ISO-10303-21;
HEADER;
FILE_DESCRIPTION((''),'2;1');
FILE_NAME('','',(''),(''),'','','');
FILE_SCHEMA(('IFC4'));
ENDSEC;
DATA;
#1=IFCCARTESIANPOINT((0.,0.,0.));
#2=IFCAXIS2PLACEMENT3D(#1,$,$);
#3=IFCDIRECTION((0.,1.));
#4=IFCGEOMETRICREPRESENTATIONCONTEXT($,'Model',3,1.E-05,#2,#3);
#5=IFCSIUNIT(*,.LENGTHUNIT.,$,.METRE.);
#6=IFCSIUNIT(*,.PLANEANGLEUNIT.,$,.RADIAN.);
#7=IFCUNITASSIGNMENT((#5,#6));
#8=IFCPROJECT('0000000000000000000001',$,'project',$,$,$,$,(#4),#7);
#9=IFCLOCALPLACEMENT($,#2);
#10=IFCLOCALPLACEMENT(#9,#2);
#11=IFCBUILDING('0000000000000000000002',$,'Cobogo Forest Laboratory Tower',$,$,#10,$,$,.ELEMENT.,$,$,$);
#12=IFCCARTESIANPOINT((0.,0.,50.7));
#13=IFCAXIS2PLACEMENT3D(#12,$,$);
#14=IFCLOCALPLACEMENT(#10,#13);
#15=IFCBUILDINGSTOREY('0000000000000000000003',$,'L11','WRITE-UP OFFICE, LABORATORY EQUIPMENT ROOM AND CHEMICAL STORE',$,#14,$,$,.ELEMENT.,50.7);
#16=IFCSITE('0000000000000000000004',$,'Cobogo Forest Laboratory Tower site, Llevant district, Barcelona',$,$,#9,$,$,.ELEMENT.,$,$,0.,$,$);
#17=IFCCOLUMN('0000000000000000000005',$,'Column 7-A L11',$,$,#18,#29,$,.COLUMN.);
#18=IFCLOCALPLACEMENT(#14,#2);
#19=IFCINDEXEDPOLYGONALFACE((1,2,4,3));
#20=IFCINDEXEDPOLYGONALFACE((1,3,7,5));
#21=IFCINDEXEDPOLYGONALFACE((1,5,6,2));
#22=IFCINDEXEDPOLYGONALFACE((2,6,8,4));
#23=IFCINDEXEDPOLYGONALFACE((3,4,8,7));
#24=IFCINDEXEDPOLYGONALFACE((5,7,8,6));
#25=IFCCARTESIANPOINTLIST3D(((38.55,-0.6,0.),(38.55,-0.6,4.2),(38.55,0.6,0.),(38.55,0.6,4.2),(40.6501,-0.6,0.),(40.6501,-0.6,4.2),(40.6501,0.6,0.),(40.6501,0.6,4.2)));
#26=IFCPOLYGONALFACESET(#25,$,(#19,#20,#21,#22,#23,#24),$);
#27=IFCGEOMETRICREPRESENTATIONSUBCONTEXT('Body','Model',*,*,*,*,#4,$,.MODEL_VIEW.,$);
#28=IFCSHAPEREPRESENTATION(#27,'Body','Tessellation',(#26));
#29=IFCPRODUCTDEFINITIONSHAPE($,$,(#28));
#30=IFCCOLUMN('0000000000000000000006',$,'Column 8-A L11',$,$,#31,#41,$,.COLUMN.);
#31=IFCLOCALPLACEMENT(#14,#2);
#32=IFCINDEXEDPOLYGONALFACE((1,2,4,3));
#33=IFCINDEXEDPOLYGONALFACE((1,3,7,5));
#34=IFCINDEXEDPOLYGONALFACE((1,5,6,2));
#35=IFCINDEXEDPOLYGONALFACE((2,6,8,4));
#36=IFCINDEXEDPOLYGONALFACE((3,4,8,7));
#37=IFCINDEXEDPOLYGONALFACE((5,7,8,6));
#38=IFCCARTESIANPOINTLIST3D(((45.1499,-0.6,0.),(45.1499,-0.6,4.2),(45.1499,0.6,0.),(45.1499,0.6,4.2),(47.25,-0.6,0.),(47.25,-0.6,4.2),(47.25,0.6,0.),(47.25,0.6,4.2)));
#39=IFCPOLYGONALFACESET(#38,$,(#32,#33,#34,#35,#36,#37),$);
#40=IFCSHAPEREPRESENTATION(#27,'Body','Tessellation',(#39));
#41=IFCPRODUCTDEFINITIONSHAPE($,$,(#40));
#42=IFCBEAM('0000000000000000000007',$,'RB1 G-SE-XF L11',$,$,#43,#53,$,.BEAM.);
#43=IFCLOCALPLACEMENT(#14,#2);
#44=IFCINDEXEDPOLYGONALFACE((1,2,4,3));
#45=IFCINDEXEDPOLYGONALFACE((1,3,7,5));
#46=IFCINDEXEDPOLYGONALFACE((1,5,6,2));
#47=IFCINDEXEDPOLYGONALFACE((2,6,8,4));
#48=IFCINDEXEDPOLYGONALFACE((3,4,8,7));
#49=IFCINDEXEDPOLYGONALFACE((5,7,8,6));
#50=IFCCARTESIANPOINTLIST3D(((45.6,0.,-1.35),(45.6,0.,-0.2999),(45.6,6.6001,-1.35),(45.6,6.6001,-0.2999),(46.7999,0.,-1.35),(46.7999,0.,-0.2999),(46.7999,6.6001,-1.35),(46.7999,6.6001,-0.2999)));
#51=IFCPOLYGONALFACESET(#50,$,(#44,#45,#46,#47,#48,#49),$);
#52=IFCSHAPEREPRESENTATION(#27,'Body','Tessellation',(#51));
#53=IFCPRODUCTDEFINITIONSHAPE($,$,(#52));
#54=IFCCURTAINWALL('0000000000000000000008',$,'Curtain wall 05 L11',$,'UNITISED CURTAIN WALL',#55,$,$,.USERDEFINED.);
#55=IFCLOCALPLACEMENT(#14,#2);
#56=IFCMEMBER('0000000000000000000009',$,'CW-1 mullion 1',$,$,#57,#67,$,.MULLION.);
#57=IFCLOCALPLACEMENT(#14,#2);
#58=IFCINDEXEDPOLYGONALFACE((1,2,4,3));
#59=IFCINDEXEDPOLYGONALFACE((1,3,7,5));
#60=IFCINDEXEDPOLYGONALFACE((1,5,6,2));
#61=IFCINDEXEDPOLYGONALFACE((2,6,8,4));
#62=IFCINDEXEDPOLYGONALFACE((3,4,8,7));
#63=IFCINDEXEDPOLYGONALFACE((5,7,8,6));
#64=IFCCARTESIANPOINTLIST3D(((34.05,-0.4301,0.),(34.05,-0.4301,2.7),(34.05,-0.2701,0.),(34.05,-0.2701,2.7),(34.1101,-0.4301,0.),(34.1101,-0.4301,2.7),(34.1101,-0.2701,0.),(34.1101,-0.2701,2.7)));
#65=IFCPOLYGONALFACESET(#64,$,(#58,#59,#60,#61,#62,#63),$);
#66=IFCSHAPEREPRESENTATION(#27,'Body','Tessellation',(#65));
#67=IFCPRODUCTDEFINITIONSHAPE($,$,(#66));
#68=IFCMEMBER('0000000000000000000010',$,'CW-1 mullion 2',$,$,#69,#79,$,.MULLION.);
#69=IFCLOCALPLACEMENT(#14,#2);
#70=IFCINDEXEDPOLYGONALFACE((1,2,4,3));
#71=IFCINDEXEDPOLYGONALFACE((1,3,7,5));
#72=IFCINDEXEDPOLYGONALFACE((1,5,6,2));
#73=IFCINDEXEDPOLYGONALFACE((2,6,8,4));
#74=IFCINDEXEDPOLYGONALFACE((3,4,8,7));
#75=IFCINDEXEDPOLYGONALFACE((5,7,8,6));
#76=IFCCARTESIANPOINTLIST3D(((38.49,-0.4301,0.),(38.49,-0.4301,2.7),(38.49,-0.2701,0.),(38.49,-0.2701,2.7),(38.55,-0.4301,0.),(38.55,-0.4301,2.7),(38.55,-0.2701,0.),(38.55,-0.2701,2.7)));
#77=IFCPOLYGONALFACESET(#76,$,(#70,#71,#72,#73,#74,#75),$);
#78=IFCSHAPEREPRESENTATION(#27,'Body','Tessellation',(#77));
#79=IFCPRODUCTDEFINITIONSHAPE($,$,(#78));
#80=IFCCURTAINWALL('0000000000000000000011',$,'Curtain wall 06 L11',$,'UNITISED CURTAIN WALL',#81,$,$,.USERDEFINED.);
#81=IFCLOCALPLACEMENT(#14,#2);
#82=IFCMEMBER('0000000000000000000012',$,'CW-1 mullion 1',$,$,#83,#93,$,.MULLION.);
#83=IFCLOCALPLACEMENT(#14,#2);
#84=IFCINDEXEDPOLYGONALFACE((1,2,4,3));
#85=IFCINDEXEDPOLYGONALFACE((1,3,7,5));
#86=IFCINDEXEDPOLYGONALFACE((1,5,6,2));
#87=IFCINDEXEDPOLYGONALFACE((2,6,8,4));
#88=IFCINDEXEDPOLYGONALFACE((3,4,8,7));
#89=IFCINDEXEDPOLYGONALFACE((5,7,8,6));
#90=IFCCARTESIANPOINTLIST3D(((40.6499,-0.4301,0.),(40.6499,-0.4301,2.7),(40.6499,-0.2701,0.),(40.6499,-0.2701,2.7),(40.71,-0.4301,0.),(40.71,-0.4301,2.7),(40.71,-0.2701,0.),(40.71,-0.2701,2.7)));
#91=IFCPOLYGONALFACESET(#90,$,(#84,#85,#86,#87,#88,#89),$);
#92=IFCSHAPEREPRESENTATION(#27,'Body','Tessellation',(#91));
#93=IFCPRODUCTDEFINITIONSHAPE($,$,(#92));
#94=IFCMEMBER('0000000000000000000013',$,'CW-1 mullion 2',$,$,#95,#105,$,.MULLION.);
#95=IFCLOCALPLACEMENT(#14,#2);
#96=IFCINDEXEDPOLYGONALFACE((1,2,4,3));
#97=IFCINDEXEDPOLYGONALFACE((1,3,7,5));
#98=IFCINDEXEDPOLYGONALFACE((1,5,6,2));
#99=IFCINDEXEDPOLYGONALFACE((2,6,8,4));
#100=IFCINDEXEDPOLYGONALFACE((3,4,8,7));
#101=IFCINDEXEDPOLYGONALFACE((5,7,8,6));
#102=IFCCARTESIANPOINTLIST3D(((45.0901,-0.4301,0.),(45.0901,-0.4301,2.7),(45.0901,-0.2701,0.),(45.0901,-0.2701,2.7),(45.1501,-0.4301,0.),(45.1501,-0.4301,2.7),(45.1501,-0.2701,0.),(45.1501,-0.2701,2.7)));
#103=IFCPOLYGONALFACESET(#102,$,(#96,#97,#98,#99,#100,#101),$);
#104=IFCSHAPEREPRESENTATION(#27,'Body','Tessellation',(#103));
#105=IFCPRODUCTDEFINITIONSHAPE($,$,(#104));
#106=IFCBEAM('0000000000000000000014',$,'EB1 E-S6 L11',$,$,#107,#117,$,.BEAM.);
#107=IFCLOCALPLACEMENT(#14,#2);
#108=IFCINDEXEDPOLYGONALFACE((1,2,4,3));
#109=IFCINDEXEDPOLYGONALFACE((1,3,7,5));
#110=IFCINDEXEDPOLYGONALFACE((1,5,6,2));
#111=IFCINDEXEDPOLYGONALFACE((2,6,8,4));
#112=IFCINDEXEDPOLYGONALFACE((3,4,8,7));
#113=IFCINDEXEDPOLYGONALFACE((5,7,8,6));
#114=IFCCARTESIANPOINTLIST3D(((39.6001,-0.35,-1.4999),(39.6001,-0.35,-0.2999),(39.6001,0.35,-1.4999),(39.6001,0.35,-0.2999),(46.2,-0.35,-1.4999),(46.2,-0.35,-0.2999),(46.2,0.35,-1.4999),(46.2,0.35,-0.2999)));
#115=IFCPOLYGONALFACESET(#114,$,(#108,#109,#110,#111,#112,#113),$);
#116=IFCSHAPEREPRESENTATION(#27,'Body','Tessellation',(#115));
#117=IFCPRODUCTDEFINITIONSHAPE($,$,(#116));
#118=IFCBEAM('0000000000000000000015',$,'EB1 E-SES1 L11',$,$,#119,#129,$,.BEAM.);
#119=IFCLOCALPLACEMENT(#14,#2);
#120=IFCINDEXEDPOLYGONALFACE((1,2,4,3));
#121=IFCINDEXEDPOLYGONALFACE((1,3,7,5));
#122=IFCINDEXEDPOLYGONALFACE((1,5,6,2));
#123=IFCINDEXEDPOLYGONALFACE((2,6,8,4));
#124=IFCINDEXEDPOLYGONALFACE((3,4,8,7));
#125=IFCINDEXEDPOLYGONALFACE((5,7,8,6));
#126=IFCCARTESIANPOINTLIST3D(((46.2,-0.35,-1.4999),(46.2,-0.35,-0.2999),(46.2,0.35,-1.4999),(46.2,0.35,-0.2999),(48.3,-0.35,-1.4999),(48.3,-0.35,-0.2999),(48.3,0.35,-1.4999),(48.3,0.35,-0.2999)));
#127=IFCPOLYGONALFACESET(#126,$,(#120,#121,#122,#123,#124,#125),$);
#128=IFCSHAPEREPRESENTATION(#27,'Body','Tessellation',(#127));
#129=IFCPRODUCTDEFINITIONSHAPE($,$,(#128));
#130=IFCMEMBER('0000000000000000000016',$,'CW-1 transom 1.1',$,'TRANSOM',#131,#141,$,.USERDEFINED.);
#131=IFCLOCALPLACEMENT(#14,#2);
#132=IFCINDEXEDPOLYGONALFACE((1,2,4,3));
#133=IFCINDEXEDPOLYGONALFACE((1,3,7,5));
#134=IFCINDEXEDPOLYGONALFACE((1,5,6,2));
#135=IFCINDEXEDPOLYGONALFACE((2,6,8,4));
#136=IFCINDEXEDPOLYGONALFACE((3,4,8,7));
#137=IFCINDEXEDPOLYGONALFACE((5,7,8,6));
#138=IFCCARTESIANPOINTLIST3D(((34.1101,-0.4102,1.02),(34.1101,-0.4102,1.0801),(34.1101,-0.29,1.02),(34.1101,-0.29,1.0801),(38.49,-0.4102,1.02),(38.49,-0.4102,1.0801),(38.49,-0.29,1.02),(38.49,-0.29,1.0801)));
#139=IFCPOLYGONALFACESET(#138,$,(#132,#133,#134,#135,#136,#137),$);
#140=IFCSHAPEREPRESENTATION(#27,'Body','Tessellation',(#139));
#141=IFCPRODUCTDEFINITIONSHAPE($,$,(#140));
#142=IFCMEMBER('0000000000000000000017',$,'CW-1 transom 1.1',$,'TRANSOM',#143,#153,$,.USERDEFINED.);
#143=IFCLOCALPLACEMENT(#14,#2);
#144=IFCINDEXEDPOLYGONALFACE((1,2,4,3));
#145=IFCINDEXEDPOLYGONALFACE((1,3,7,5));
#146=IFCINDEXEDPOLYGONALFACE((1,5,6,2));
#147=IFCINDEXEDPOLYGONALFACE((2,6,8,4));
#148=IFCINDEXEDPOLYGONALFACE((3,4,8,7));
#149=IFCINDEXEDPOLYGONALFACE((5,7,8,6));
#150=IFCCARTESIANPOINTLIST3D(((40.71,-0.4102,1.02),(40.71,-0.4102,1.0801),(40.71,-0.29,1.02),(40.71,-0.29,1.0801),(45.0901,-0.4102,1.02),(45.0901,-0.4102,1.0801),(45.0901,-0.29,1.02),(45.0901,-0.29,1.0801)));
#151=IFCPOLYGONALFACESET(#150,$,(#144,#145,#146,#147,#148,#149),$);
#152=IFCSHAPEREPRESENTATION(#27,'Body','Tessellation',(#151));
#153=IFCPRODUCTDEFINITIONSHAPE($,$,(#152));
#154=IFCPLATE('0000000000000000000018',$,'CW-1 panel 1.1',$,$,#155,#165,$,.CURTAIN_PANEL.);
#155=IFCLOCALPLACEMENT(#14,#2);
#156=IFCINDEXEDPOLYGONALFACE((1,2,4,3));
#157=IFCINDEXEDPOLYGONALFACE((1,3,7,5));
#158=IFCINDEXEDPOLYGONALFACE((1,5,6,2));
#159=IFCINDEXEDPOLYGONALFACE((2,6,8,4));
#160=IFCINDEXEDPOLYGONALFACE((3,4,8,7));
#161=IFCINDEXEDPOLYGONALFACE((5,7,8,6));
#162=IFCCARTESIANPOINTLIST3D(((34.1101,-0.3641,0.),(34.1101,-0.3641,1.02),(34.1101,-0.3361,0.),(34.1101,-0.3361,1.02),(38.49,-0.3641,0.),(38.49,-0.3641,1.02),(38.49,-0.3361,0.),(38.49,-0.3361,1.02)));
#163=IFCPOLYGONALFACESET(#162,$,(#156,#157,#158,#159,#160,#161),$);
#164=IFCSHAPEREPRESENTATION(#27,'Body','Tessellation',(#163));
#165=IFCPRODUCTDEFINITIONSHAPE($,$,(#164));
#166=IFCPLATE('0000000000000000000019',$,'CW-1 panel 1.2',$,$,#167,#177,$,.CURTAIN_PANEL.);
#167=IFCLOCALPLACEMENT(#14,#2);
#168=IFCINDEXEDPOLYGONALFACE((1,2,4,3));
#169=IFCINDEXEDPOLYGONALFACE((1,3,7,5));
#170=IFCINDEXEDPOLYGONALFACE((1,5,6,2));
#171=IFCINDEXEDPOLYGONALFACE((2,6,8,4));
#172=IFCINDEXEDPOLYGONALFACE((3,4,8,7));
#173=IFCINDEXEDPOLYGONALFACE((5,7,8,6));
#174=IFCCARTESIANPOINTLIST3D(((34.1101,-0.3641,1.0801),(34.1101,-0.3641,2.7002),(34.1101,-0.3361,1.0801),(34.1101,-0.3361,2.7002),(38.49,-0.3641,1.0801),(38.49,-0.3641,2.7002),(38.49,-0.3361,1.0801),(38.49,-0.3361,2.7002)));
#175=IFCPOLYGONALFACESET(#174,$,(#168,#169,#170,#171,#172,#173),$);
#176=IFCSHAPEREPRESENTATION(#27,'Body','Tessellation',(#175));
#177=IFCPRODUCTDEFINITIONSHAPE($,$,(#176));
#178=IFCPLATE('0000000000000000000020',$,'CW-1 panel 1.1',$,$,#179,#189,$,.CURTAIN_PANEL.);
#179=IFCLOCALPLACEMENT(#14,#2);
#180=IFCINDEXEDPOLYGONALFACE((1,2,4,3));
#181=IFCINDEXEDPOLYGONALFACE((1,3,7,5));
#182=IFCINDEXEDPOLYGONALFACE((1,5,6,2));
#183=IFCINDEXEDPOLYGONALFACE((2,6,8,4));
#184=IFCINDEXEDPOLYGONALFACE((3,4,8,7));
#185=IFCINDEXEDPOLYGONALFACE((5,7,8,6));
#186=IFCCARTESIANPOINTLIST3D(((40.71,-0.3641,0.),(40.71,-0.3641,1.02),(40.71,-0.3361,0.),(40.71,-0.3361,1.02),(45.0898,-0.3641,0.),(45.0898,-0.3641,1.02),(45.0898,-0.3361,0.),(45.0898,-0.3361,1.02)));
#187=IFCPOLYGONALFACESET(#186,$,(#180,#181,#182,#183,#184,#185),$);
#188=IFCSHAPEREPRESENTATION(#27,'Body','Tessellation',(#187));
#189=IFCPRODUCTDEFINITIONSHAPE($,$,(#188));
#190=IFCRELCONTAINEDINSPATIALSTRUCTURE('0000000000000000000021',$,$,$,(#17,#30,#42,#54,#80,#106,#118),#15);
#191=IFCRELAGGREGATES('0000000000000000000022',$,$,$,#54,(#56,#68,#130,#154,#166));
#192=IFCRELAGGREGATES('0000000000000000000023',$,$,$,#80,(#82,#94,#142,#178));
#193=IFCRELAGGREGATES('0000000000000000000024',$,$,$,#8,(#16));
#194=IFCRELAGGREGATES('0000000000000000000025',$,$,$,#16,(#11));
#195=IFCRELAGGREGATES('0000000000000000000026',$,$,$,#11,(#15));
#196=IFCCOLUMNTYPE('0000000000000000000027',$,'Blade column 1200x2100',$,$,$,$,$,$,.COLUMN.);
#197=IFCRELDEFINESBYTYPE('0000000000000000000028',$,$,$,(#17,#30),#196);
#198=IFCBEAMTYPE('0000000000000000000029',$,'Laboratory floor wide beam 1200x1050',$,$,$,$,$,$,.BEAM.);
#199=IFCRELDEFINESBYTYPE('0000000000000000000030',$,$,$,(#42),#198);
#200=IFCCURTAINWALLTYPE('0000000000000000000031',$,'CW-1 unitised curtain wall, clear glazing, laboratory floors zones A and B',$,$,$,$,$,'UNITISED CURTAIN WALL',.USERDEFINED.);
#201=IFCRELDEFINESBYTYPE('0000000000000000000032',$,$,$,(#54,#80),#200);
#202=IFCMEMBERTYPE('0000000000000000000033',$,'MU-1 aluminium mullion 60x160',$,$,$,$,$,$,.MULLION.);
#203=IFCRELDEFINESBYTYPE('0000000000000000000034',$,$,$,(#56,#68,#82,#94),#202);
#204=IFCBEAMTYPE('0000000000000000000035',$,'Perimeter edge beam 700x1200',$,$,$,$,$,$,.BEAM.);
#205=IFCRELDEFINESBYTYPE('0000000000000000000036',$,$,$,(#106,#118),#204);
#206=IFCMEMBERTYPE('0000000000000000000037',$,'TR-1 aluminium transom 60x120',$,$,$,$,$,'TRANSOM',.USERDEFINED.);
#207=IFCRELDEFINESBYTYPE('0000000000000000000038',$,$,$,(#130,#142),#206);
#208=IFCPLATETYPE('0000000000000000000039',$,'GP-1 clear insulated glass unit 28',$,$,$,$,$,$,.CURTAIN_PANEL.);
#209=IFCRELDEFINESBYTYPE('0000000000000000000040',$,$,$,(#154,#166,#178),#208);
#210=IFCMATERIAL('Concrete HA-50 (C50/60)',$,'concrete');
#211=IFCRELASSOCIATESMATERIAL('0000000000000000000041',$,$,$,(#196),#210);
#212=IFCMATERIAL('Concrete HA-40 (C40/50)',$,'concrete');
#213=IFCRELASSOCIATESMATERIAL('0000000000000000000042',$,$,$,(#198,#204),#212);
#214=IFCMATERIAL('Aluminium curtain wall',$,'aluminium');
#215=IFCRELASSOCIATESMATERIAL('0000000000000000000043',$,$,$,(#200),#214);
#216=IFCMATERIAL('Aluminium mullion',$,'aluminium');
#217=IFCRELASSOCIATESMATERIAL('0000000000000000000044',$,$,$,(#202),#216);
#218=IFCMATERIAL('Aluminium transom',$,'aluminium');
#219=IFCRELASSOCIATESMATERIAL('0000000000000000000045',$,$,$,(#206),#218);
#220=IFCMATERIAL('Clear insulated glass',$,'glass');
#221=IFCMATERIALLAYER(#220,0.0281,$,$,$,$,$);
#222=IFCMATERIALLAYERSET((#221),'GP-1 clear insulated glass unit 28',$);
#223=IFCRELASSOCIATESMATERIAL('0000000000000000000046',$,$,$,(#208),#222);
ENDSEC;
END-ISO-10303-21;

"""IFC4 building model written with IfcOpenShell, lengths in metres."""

from ifc_helpers import new_model, si_unit, direction, frame, origin, origin_2d, place, context, subcontext, project, spatial, rectangle, extrude, material, layer, layer_set, material_profile, profile_set, type_object, element, aggregate, save


model = new_model("IFC4")

# Units and contexts
model_context = context("Model", 3, precision=1e-05, world=origin(), true_north=direction((0.0, 1.0)))
body_context = subcontext(model_context, "Body", "Model", "MODEL_VIEW")
ifc_project = project(units=[si_unit("LENGTHUNIT", "METRE"), si_unit("PLANEANGLEUNIT", "RADIAN")], contexts=[model_context])

# Site, building, storey
site_placement = place(None, origin())
site = spatial("IfcSite", under=ifc_project, at=site_placement, Name="Cobogo Forest Laboratory Tower site, Llevant district, Barcelona", CompositionType="ELEMENT", RefElevation=0.0)
building_placement = place(site_placement, origin())
building = spatial("IfcBuilding", under=site, at=building_placement, Name="Cobogo Forest Laboratory Tower", CompositionType="ELEMENT")
storey_placement = place(building_placement, frame((0.0, 0.0, 50.7)))
storey = spatial("IfcBuildingStorey", under=building, at=storey_placement, Name="L11", Description="WRITE-UP OFFICE, LABORATORY EQUIPMENT ROOM AND CHEMICAL STORE", CompositionType="ELEMENT", Elevation=50.7)

# Columns
ifc_material_1 = material(Name="Concrete HA-50 (C50/60)", Category="concrete")
ifc_material_profile_1 = material_profile(ifc_material_1, rectangle(XDim=2.1001, YDim=1.2, at=origin_2d()), Name="RC 1200x2100")
ifc_profile_set_1 = profile_set([ifc_material_profile_1], Name="Concrete HA-50 (C50/60)")
column_type = type_object("IfcColumnType", Name="Blade column 1200x2100", PredefinedType="COLUMN", material=ifc_profile_set_1)
for number, where, z_axis, x_axis, name in (
    (1, (39.6001, 0.0, 0.0), (0.0, 0.0, 1.0), (1.0, 0.0, 0.0), "Column 7-A L11"),
    (2, (46.2, 0.0, 0.0), (0.0, 0.0, 1.0), (1.0, 0.0, 0.0), "Column 8-A L11"),
):
    element("IfcColumn", number, at=place(storey_placement, frame(where, z_axis=z_axis, x_axis=x_axis)), inside=storey, type_object=column_type, Name=name, PredefinedType="COLUMN", context=body_context, shape_type="SweptSolid", body=[
        extrude(rectangle(XDim=2.1001, YDim=1.2, at=origin_2d()), origin(), (0.0, 0.0, 1.0), 4.2),
    ])

# Beam
ifc_material_2 = material(Name="Concrete HA-40 (C40/50)", Category="concrete")
ifc_material_profile_2 = material_profile(ifc_material_2, rectangle(XDim=1.2, YDim=1.05, at=origin_2d()), Name="RC 1200x1050")
ifc_profile_set_2 = profile_set([ifc_material_profile_2], Name="Concrete HA-40 (C40/50)")
beam_type_1 = type_object("IfcBeamType", Name="Laboratory floor wide beam 1200x1050", PredefinedType="BEAM", material=ifc_profile_set_2)
beam_1_placement = place(storey_placement, frame((46.2, 0.0, -0.825), z_axis=(0.0, 1.0, 0.0), x_axis=(-1.0, 0.0, 0.0)))
element("IfcBeam", 3, at=beam_1_placement, inside=storey, type_object=beam_type_1, Name="RB1 G-SE-XF L11", PredefinedType="BEAM", context=body_context, shape_type="SweptSolid", body=[
    extrude(rectangle(XDim=1.2, YDim=1.05, at=origin_2d()), origin(), (0.0, 0.0, 1.0), 6.6001),
])

# Curtain walls, members
ifc_material_3 = material(Name="Aluminium curtain wall", Category="aluminium")
curtain_wall_type = type_object("IfcCurtainWallType", Name="CW-1 unitised curtain wall, clear glazing, laboratory floors zones A and B", ElementType="UNITISED CURTAIN WALL", PredefinedType="USERDEFINED", material=ifc_material_3)
curtain_wall_1_placement = place(storey_placement, origin())
curtain_wall_1 = element("IfcCurtainWall", 4, at=curtain_wall_1_placement, inside=storey, type_object=curtain_wall_type, Name="Curtain wall 05 L11", ObjectType="UNITISED CURTAIN WALL", PredefinedType="USERDEFINED")
ifc_material_4 = material(Name="Aluminium mullion", Category="aluminium")
ifc_material_profile_3 = material_profile(ifc_material_4, rectangle(XDim=0.0601, YDim=0.1599, at=origin_2d()), Name="AL 60x160")
ifc_profile_set_3 = profile_set([ifc_material_profile_3], Name="Aluminium mullion")
member_type_1 = type_object("IfcMemberType", Name="MU-1 aluminium mullion 60x160", PredefinedType="MULLION", material=ifc_profile_set_3)
member_1_placement = place(storey_placement, frame((34.0801, -0.3501, 0.0), z_axis=(0.0, 0.0, 1.0), x_axis=(1.0, 0.0, 0.0)))
member_1 = element("IfcMember", 5, at=member_1_placement, type_object=member_type_1, Name="CW-1 mullion 1", PredefinedType="MULLION", context=body_context, shape_type="SweptSolid", body=[
    extrude(rectangle(XDim=0.0601, YDim=0.1599, at=origin_2d()), origin(), (0.0, 0.0, 1.0), 2.7),
])
member_2_placement = place(storey_placement, frame((38.52, -0.3501, 0.0), z_axis=(0.0, 0.0, 1.0), x_axis=(1.0, 0.0, 0.0)))
member_2 = element("IfcMember", 6, at=member_2_placement, type_object=member_type_1, Name="CW-1 mullion 2", PredefinedType="MULLION", context=body_context, shape_type="SweptSolid", body=[
    extrude(rectangle(XDim=0.0601, YDim=0.1599, at=origin_2d()), origin(), (0.0, 0.0, 1.0), 2.7),
])
curtain_wall_2_placement = place(storey_placement, origin())
curtain_wall_2 = element("IfcCurtainWall", 7, at=curtain_wall_2_placement, inside=storey, type_object=curtain_wall_type, Name="Curtain wall 06 L11", ObjectType="UNITISED CURTAIN WALL", PredefinedType="USERDEFINED")
member_3_placement = place(storey_placement, frame((40.6799, -0.3501, 0.0), z_axis=(0.0, 0.0, 1.0), x_axis=(1.0, 0.0, 0.0)))
member_3 = element("IfcMember", 8, at=member_3_placement, type_object=member_type_1, Name="CW-1 mullion 1", PredefinedType="MULLION", context=body_context, shape_type="SweptSolid", body=[
    extrude(rectangle(XDim=0.0601, YDim=0.1599, at=origin_2d()), origin(), (0.0, 0.0, 1.0), 2.7),
])
member_4_placement = place(storey_placement, frame((45.1201, -0.3501, 0.0), z_axis=(0.0, 0.0, 1.0), x_axis=(1.0, 0.0, 0.0)))
member_4 = element("IfcMember", 9, at=member_4_placement, type_object=member_type_1, Name="CW-1 mullion 2", PredefinedType="MULLION", context=body_context, shape_type="SweptSolid", body=[
    extrude(rectangle(XDim=0.0601, YDim=0.1599, at=origin_2d()), origin(), (0.0, 0.0, 1.0), 2.7),
])

# Beams
ifc_material_profile_4 = material_profile(ifc_material_2, rectangle(XDim=0.7, YDim=1.2, at=origin_2d()), Name="RC 700x1200")
ifc_profile_set_4 = profile_set([ifc_material_profile_4], Name="Concrete HA-40 (C40/50)")
beam_type_2 = type_object("IfcBeamType", Name="Perimeter edge beam 700x1200", PredefinedType="BEAM", material=ifc_profile_set_4)
beam_2_placement = place(storey_placement, frame((39.6001, 0.0, -0.8999), z_axis=(1.0, 0.0, 0.0), x_axis=(0.0, 1.0, 0.0)))
element("IfcBeam", 10, at=beam_2_placement, inside=storey, type_object=beam_type_2, Name="EB1 E-S6 L11", PredefinedType="BEAM", context=body_context, shape_type="SweptSolid", body=[
    extrude(rectangle(XDim=0.7, YDim=1.2, at=origin_2d()), origin(), (0.0, 0.0, 1.0), 6.5999),
])
beam_3_placement = place(storey_placement, frame((46.2, 0.0, -0.8999), z_axis=(1.0, 0.0, 0.0), x_axis=(0.0, 1.0, 0.0)))
element("IfcBeam", 11, at=beam_3_placement, inside=storey, type_object=beam_type_2, Name="EB1 E-SES1 L11", PredefinedType="BEAM", context=body_context, shape_type="SweptSolid", body=[
    extrude(rectangle(XDim=0.7, YDim=1.2, at=origin_2d()), origin(), (0.0, 0.0, 1.0), 2.1001),
])

# Members
ifc_material_5 = material(Name="Aluminium transom", Category="aluminium")
ifc_material_profile_5 = material_profile(ifc_material_5, rectangle(XDim=0.1201, YDim=0.0601, at=origin_2d()), Name="AL 60x120")
ifc_profile_set_5 = profile_set([ifc_material_profile_5], Name="Aluminium transom")
member_type_2 = type_object("IfcMemberType", Name="TR-1 aluminium transom 60x120", ElementType="TRANSOM", PredefinedType="USERDEFINED", material=ifc_profile_set_5)
member_5_placement = place(storey_placement, frame((34.1101, -0.3501, 1.05), z_axis=(1.0, 0.0, 0.0), x_axis=(0.0, 1.0, 0.0)))
member_5 = element("IfcMember", 12, at=member_5_placement, type_object=member_type_2, Name="CW-1 transom 1.1", ObjectType="TRANSOM", PredefinedType="USERDEFINED", context=body_context, shape_type="SweptSolid", body=[
    extrude(rectangle(XDim=0.1201, YDim=0.0601, at=origin_2d()), origin(), (0.0, 0.0, 1.0), 4.3799),
])
member_6_placement = place(storey_placement, frame((40.71, -0.3501, 1.05), z_axis=(1.0, 0.0, 0.0), x_axis=(0.0, 1.0, 0.0)))
member_6 = element("IfcMember", 13, at=member_6_placement, type_object=member_type_2, Name="CW-1 transom 1.1", ObjectType="TRANSOM", PredefinedType="USERDEFINED", context=body_context, shape_type="SweptSolid", body=[
    extrude(rectangle(XDim=0.1201, YDim=0.0601, at=origin_2d()), origin(), (0.0, 0.0, 1.0), 4.3801),
])

# Plates
ifc_material_6 = material(Name="Clear insulated glass", Category="glass")
ifc_layer_1 = layer(ifc_material_6, 0.0281)
ifc_layer_set_1 = layer_set([ifc_layer_1], Name="GP-1 clear insulated glass unit 28")
plate_type_1 = type_object("IfcPlateType", Name="GP-1 clear insulated glass unit 28", PredefinedType="CURTAIN_PANEL", material=ifc_layer_set_1)
plate_1_placement = place(storey_placement, frame((36.3, -0.3501, 0.0), z_axis=(0.0, 0.0, 1.0), x_axis=(1.0, 0.0, 0.0)))
plate_1 = element("IfcPlate", 14, at=plate_1_placement, type_object=plate_type_1, Name="CW-1 panel 1.1", PredefinedType="CURTAIN_PANEL", context=body_context, shape_type="SweptSolid", body=[
    extrude(rectangle(XDim=4.3799, YDim=0.0281, at=origin_2d()), origin(), (0.0, 0.0, 1.0), 1.02),
])
plate_2_placement = place(storey_placement, frame((36.3, -0.3501, 1.0801), z_axis=(0.0, 0.0, 1.0), x_axis=(1.0, 0.0, 0.0)))
plate_2 = element("IfcPlate", 15, at=plate_2_placement, type_object=plate_type_1, Name="CW-1 panel 1.2", PredefinedType="CURTAIN_PANEL", context=body_context, shape_type="SweptSolid", body=[
    extrude(rectangle(XDim=4.3799, YDim=0.0281, at=origin_2d()), origin(), (0.0, 0.0, 1.0), 1.6201),
])
aggregate(curtain_wall_1, [member_1, member_2, member_5, plate_1, plate_2])
plate_3_placement = place(storey_placement, frame((42.8999, -0.3501, 0.0), z_axis=(0.0, 0.0, 1.0), x_axis=(1.0, 0.0, 0.0)))
plate_3 = element("IfcPlate", 16, at=plate_3_placement, type_object=plate_type_1, Name="CW-1 panel 1.1", PredefinedType="CURTAIN_PANEL", context=body_context, shape_type="SweptSolid", body=[
    extrude(rectangle(XDim=4.3799, YDim=0.0281, at=origin_2d()), origin(), (0.0, 0.0, 1.0), 1.02),
])
aggregate(curtain_wall_2, [member_3, member_4, member_6, plate_3])

save(model, "model.ifc")
